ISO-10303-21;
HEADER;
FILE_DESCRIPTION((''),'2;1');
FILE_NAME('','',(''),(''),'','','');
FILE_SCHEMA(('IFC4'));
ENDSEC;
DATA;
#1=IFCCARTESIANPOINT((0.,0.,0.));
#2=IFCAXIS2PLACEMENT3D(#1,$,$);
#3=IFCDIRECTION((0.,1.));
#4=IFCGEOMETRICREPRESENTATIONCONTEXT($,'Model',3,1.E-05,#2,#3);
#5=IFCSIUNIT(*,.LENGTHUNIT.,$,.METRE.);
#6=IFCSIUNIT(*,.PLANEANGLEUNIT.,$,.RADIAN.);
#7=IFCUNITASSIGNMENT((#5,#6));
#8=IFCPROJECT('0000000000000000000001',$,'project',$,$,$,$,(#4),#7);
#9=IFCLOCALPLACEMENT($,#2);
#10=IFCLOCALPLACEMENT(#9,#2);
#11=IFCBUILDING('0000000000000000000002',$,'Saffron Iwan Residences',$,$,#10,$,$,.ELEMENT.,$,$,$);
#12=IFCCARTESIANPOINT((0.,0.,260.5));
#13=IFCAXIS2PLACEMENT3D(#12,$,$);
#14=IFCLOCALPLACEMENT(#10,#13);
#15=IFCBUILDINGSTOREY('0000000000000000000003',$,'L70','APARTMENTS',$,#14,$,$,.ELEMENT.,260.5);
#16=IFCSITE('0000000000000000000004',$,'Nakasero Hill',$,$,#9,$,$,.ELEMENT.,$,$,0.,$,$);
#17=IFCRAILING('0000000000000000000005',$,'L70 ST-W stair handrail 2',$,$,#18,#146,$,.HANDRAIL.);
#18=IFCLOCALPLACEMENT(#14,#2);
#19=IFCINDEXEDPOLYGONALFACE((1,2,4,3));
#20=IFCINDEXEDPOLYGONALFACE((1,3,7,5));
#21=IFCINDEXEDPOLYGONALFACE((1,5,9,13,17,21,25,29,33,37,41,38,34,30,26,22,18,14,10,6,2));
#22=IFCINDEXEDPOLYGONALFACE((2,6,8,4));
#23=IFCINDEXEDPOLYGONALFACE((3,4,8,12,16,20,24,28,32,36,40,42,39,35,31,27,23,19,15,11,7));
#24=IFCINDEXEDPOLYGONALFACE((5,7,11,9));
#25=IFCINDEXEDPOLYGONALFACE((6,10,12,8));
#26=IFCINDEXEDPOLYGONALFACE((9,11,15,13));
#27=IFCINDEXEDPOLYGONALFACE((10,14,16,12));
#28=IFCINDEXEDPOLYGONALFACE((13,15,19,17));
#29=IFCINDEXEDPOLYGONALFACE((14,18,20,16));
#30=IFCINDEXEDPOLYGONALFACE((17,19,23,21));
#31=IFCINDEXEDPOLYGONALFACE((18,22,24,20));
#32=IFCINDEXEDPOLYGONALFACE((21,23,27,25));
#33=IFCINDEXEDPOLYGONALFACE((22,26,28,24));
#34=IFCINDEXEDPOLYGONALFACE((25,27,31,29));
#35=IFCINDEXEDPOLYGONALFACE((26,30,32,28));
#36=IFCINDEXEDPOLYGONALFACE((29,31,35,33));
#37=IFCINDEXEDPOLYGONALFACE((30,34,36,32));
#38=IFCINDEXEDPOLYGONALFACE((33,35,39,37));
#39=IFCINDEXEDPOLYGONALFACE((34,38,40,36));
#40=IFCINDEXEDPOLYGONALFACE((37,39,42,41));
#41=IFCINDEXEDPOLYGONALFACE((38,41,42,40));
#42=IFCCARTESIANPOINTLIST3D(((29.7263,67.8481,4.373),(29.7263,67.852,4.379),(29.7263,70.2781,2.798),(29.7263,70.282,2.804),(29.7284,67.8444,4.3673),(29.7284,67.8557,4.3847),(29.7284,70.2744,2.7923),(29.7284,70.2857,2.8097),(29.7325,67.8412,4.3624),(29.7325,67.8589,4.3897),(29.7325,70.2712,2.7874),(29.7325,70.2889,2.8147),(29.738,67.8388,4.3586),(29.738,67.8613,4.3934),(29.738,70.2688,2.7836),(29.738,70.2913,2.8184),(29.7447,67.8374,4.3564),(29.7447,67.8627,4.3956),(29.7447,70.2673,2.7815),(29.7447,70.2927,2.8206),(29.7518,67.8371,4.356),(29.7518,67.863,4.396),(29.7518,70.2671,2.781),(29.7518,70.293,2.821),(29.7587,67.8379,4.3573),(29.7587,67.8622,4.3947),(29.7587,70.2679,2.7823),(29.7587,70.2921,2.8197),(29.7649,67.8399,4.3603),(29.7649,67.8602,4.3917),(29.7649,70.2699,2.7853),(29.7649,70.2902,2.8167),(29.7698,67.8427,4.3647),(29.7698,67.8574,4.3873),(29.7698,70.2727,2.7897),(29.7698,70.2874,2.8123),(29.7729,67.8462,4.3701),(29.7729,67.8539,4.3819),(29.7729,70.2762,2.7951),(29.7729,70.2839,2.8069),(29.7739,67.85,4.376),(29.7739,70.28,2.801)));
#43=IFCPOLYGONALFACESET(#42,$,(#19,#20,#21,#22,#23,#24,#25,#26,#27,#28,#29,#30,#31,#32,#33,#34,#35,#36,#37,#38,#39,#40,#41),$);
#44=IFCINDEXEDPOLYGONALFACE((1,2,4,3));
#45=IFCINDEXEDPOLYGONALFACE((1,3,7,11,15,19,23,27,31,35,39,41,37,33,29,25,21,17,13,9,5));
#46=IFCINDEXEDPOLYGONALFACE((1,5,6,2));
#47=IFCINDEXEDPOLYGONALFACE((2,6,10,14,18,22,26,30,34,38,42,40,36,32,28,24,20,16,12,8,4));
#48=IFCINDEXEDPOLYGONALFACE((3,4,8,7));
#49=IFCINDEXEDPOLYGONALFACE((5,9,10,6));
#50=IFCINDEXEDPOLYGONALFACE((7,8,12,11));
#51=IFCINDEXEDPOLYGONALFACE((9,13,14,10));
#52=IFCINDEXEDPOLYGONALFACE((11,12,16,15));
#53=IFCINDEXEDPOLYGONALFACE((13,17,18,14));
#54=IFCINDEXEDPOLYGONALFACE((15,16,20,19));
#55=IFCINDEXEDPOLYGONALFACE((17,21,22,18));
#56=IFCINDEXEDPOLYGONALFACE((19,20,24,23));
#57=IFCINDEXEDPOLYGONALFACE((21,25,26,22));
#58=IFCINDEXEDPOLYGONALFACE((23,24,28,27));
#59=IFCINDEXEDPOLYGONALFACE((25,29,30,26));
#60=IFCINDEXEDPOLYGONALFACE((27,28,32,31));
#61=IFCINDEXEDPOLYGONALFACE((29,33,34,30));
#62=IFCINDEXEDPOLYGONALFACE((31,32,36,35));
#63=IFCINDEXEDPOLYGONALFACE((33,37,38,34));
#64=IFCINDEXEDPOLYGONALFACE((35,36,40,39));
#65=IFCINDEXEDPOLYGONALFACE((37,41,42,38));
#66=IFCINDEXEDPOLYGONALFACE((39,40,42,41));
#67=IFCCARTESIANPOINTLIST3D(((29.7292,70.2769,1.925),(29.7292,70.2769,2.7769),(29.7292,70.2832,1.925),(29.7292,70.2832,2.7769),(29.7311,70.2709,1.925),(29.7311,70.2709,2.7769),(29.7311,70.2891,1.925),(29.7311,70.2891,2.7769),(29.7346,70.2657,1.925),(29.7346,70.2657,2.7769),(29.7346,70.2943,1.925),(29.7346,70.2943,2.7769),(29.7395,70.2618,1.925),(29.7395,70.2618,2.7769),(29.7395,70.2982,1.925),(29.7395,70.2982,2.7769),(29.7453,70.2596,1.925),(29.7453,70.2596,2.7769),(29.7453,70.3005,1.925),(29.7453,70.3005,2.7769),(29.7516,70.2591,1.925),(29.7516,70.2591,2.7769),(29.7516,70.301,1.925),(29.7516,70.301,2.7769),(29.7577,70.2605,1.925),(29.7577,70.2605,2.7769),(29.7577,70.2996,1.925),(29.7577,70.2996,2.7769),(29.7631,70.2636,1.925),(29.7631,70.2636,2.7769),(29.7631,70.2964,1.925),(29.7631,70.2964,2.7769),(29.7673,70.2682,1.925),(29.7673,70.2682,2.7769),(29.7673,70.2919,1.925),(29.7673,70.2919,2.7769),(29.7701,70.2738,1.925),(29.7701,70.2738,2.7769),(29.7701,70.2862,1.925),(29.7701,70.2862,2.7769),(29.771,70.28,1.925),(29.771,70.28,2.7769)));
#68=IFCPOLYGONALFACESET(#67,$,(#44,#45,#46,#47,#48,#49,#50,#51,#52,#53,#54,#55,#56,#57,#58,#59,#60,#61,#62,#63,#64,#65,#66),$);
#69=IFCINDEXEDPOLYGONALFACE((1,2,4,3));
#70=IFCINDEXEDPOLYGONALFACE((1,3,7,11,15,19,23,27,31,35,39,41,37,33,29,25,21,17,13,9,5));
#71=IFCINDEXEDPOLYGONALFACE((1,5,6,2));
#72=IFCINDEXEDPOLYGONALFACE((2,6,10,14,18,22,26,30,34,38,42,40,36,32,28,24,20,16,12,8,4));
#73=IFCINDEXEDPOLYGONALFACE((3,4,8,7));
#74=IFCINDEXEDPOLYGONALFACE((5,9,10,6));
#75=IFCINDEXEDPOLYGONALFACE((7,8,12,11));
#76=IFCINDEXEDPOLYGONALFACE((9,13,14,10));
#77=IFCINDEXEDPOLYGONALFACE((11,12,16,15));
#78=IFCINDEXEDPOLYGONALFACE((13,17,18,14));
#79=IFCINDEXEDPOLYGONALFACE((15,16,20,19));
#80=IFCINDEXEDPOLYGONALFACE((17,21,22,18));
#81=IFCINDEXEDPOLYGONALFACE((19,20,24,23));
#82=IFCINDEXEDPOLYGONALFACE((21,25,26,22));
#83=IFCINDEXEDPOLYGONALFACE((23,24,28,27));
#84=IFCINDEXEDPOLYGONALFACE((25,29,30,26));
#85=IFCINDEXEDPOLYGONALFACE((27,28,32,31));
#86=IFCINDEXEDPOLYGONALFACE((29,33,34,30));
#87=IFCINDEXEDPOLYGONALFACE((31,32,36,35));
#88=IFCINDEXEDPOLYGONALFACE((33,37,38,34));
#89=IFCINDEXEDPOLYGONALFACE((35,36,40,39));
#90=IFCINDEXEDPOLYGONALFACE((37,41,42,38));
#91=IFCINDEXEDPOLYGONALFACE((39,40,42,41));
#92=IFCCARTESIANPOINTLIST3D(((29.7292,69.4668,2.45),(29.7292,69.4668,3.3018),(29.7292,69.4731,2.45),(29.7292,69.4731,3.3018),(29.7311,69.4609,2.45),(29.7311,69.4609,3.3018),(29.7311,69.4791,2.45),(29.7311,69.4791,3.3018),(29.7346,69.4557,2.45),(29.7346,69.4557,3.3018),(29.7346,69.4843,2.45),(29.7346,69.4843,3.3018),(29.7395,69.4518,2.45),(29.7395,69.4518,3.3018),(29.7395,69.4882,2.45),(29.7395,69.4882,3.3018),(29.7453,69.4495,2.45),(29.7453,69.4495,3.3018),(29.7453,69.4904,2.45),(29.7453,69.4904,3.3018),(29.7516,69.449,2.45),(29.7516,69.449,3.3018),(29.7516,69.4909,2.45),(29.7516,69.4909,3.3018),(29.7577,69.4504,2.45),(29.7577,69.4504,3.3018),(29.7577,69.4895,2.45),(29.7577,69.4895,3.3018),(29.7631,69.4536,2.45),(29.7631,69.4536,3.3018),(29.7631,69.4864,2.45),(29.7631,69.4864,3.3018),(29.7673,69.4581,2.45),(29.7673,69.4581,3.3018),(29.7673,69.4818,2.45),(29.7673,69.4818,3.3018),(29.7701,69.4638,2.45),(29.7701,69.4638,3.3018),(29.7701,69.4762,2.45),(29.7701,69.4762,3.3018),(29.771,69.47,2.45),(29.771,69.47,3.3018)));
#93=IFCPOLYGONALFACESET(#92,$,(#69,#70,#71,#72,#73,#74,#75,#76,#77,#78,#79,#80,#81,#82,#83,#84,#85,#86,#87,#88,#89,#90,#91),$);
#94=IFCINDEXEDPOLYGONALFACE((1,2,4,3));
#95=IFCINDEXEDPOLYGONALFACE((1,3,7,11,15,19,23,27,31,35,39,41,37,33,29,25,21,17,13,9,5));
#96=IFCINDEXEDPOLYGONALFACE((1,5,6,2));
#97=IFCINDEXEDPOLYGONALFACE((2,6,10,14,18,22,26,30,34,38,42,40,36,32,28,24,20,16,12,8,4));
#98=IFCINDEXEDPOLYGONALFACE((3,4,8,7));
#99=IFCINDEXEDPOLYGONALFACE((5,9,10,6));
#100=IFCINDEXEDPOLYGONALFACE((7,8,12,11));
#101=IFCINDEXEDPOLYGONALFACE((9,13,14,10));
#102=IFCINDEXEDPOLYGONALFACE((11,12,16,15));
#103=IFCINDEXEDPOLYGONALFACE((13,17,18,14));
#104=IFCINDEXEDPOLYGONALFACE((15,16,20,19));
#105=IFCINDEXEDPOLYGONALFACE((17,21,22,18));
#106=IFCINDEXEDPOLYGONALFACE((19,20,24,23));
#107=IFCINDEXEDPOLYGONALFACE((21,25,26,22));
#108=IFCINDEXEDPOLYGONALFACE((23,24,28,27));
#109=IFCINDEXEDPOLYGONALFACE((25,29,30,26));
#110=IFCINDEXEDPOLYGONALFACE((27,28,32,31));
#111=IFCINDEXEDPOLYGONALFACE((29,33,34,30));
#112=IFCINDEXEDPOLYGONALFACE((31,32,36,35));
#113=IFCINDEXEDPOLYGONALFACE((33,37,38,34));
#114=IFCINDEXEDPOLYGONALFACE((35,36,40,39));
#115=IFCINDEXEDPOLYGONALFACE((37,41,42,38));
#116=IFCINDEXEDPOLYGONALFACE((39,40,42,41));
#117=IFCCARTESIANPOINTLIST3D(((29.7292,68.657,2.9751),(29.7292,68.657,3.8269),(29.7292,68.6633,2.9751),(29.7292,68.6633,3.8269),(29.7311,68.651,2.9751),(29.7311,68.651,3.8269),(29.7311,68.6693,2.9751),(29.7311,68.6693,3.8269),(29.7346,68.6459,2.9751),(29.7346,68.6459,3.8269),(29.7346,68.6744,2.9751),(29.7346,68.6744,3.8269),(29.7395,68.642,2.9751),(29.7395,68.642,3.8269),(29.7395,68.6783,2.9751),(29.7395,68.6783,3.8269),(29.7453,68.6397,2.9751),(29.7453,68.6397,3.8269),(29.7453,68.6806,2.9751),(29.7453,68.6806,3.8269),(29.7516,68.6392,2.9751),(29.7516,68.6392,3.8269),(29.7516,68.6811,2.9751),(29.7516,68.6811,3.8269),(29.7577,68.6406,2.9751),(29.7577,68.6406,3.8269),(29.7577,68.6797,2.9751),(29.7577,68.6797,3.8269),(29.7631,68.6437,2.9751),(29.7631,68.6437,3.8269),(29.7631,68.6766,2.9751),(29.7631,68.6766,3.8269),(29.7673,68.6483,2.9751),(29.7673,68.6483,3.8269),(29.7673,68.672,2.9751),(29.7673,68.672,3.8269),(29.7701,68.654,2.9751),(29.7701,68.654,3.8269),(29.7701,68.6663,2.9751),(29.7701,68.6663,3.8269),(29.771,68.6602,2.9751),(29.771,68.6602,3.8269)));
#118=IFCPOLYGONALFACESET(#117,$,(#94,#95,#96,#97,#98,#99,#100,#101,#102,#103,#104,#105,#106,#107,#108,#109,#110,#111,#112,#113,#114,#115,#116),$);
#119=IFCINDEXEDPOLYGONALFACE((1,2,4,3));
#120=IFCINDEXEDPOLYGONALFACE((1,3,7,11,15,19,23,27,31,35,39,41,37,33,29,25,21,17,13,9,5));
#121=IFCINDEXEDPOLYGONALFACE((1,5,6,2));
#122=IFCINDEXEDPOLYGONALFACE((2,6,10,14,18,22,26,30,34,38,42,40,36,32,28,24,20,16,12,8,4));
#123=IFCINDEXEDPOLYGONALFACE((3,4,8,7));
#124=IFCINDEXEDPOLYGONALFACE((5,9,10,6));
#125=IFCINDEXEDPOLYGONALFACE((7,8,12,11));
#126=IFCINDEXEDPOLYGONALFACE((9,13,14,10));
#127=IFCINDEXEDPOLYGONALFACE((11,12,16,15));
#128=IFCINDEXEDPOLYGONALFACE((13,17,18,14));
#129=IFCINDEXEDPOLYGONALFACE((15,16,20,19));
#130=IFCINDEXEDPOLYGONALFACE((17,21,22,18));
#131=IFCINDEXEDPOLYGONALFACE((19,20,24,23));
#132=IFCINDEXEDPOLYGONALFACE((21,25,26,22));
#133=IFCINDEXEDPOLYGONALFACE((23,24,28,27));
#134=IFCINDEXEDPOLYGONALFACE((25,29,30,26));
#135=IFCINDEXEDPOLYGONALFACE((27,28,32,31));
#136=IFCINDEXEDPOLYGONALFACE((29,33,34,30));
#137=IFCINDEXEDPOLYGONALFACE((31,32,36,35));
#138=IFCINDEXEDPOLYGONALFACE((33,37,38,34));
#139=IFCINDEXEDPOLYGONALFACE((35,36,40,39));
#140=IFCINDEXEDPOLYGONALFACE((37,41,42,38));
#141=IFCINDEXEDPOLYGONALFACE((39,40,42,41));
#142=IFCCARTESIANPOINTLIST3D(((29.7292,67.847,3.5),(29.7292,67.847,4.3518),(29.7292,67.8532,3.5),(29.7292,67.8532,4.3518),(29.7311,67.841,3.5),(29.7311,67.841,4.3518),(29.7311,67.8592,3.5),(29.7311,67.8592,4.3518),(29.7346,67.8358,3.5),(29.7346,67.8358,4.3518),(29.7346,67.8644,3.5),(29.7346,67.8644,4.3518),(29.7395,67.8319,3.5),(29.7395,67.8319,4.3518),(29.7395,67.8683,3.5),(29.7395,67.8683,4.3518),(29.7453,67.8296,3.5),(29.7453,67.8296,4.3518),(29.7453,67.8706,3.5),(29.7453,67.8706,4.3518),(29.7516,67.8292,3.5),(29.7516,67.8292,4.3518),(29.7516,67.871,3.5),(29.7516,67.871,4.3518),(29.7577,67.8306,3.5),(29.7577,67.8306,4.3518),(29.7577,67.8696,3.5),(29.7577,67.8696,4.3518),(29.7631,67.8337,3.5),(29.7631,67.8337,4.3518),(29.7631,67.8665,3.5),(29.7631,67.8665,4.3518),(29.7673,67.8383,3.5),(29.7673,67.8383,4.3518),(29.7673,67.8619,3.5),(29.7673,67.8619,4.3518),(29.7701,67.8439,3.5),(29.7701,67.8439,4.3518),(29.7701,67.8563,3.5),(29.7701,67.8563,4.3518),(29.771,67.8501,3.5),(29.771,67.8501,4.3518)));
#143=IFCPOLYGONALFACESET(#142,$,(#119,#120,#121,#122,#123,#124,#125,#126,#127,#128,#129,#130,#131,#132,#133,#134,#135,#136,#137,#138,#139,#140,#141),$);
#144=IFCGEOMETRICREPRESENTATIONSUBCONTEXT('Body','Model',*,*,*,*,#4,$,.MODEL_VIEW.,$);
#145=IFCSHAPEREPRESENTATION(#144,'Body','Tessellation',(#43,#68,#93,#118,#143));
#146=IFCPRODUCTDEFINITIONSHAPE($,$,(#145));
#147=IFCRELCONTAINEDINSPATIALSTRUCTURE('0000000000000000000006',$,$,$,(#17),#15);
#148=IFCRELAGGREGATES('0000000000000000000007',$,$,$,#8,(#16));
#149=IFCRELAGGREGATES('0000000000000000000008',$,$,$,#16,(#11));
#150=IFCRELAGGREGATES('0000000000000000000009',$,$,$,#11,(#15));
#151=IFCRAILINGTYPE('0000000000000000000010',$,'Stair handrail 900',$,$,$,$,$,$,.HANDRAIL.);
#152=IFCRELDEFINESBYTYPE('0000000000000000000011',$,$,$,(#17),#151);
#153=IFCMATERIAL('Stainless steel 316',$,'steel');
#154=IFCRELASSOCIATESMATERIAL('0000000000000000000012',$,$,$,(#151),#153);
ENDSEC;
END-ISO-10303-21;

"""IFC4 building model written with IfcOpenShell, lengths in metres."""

from ifc_helpers import new_model, si_unit, direction, frame, origin, origin_2d, place, context, subcontext, project, spatial, circle, extrude, material, type_object, element, save


model = new_model("IFC4")

# Units and contexts
model_context = context("Model", 3, precision=1e-05, world=origin(), true_north=direction((0.0, 1.0)))
body_context = subcontext(model_context, "Body", "Model", "MODEL_VIEW")
ifc_project = project(units=[si_unit("LENGTHUNIT", "METRE"), si_unit("PLANEANGLEUNIT", "RADIAN")], contexts=[model_context])

# Site, building, storey
site_placement = place(None, origin())
site = spatial("IfcSite", under=ifc_project, at=site_placement, Name="Nakasero Hill", CompositionType="ELEMENT", RefElevation=0.0)
building_placement = place(site_placement, origin())
building = spatial("IfcBuilding", under=site, at=building_placement, Name="Saffron Iwan Residences", CompositionType="ELEMENT")
storey_placement = place(building_placement, frame((0.0, 0.0, 260.5)))
storey = spatial("IfcBuildingStorey", under=building, at=storey_placement, Name="L70", Description="APARTMENTS", CompositionType="ELEMENT", Elevation=260.5)

# Railing
ifc_material_1 = material(Name="Stainless steel 316", Category="steel")
railing_type_1 = type_object("IfcRailingType", Name="Stair handrail 900", PredefinedType="HANDRAIL", material=ifc_material_1)
railing_1_placement = place(storey_placement, frame((29.75, 70.28, 1.925)))
element("IfcRailing", 1, at=railing_1_placement, inside=storey, type_object=railing_type_1, Name="L70 ST-W stair handrail 2", PredefinedType="HANDRAIL", context=body_context, shape_type="SweptSolid", body=[
    extrude(circle(Radius=0.0239, at=origin_2d()), frame((0.0, 0.0, 0.876), z_axis=(0.0, -0.839154, 0.543894), x_axis=(1.0, 0.0, 0.0)), (0.0, 0.0, 1.0), 2.8958),
    extrude(circle(Radius=0.021, at=origin_2d()), origin(), (0.0, 0.0, 1.0), 0.8518),
    extrude(circle(Radius=0.021, at=origin_2d()), frame((0.0, -0.8101, 0.5249)), (0.0, 0.0, 1.0), 0.8518),
    extrude(circle(Radius=0.021, at=origin_2d()), frame((0.0, -1.6199, 1.05)), (0.0, 0.0, 1.0), 0.8518),
    extrude(circle(Radius=0.021, at=origin_2d()), frame((0.0, -2.4299, 1.575)), (0.0, 0.0, 1.0), 0.8518),
])

save(model, "model.ifc")
